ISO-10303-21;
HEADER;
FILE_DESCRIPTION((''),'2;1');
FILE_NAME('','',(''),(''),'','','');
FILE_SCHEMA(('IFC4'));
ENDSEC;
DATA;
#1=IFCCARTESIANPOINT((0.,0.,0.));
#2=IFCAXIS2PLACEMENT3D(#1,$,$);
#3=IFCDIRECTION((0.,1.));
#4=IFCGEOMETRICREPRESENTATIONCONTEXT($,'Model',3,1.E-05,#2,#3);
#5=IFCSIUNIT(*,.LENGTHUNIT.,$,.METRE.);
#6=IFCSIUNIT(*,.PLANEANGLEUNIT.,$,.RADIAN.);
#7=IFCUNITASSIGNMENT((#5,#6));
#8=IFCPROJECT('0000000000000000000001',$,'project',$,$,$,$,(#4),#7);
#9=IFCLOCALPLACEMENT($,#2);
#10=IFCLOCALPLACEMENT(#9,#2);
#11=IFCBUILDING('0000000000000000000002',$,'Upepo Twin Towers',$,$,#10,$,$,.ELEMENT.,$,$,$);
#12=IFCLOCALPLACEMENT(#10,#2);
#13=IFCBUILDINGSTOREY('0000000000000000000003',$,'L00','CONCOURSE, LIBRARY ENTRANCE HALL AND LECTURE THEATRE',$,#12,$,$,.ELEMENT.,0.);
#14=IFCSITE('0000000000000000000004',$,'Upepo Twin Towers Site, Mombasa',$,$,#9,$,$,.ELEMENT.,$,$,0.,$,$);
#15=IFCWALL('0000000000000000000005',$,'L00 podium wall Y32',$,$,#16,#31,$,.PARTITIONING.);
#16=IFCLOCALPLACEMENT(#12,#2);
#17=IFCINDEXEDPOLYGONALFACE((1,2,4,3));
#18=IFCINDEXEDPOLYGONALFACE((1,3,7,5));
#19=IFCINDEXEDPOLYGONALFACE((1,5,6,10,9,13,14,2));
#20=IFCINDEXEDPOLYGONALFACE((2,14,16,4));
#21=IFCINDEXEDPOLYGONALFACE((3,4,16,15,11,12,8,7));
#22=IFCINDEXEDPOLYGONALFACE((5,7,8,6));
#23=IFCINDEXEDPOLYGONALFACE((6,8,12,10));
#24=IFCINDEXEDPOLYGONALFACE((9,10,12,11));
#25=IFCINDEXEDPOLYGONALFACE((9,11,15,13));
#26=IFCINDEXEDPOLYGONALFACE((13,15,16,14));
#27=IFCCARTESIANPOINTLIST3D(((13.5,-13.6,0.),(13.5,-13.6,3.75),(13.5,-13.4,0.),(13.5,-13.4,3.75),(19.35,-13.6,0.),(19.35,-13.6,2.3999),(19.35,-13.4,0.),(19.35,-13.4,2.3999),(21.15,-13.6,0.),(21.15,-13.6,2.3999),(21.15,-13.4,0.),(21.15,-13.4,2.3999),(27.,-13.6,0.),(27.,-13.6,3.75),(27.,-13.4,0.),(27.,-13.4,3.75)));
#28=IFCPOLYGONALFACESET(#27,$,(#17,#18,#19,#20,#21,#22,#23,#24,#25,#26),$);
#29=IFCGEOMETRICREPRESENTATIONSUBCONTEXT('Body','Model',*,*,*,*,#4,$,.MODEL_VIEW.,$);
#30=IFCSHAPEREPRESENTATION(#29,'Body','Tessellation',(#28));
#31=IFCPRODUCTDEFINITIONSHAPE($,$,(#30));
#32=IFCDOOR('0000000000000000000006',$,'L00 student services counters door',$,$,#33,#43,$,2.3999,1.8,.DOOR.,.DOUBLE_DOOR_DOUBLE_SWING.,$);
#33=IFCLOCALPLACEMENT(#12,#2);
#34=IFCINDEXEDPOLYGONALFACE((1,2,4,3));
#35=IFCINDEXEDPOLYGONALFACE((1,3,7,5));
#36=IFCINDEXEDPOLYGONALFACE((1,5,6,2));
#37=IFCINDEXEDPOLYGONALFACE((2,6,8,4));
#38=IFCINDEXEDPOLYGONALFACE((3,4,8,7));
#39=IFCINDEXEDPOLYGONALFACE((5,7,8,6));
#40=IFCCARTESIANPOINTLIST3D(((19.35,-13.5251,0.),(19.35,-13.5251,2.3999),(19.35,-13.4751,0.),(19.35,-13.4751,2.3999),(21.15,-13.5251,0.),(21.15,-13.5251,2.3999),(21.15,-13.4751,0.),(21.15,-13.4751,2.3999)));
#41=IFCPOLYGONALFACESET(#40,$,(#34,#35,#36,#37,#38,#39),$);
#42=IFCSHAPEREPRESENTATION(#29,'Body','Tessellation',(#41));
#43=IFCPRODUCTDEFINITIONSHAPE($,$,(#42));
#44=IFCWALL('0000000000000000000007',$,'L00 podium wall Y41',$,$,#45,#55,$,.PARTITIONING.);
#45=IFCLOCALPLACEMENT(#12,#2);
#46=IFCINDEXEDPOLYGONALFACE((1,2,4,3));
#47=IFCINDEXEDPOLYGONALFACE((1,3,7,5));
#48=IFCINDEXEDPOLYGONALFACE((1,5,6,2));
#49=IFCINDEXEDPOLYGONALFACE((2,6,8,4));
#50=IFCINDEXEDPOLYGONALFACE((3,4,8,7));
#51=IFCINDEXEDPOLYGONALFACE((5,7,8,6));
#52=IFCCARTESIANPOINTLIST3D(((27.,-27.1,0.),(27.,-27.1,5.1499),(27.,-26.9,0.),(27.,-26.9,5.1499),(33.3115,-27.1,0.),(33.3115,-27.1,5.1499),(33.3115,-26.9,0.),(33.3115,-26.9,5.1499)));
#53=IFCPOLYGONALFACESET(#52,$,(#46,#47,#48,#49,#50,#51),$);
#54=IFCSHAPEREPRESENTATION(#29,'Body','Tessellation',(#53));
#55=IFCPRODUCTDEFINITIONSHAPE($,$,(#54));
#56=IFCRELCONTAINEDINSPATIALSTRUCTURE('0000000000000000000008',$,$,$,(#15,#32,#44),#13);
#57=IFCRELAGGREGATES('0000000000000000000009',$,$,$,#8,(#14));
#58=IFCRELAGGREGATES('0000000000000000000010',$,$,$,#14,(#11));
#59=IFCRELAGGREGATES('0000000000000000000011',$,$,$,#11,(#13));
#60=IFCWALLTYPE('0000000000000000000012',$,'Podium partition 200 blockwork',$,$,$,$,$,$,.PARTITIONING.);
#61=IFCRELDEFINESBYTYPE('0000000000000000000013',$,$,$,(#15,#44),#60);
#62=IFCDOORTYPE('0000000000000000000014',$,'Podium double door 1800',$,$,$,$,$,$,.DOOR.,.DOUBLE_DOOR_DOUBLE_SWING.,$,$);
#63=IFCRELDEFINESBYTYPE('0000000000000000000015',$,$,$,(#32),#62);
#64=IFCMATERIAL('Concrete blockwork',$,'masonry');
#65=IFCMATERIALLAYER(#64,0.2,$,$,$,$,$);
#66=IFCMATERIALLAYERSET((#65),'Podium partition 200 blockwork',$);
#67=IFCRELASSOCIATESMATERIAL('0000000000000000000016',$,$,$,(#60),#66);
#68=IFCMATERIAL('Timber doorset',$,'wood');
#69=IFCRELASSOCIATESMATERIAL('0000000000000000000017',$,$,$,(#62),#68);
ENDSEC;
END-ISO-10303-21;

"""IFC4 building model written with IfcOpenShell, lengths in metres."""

from ifc_helpers import new_model, si_unit, direction, frame, frame_2d, origin, place, context, subcontext, project, spatial, rectangle, extrude, material, layer, layer_set, type_object, element, fill, save


model = new_model("IFC4")

# Units and contexts
model_context = context("Model", 3, precision=1e-05, world=origin(), true_north=direction((0.0, 1.0)))
body_context = subcontext(model_context, "Body", "Model", "MODEL_VIEW")
ifc_project = project(units=[si_unit("LENGTHUNIT", "METRE"), si_unit("PLANEANGLEUNIT", "RADIAN")], contexts=[model_context])

# Site, building, storey
site_placement = place(None, origin())
site = spatial("IfcSite", under=ifc_project, at=site_placement, Name="Upepo Twin Towers Site, Mombasa", CompositionType="ELEMENT", RefElevation=0.0)
building_placement = place(site_placement, origin())
building = spatial("IfcBuilding", under=site, at=building_placement, Name="Upepo Twin Towers", CompositionType="ELEMENT")
storey_placement = place(building_placement, origin())
storey = spatial("IfcBuildingStorey", under=building, at=storey_placement, Name="L00", Description="CONCOURSE, LIBRARY ENTRANCE HALL AND LECTURE THEATRE", CompositionType="ELEMENT", Elevation=0.0)

# Shared definitions
ifc_material_1 = material(Name="Concrete blockwork", Category="masonry")
ifc_layer = layer(ifc_material_1, 0.2)
ifc_layer_set = layer_set([ifc_layer], Name="Podium partition 200 blockwork")
wall_type = type_object("IfcWallType", Name="Podium partition 200 blockwork", PredefinedType="PARTITIONING", material=ifc_layer_set)
ifc_material_2 = material(Name="Timber doorset", Category="wood")
door_type = type_object("IfcDoorType", Name="Podium double door 1800", OperationType="DOUBLE_DOOR_DOUBLE_SWING", PredefinedType="DOOR", material=ifc_material_2)

# Wall, opening, door
wall_1_placement = place(storey_placement, frame((13.5, -13.5, 0.0), z_axis=(0.0, 0.0, 1.0), x_axis=(1.0, 0.0, 0.0)))
wall_1 = element("IfcWall", 1, at=wall_1_placement, inside=storey, type_object=wall_type, Name="L00 podium wall Y32", PredefinedType="PARTITIONING", context=body_context, shape_type="SweptSolid", body=[
    extrude(rectangle(XDim=13.5, YDim=0.2, at=frame_2d((6.75, 0.0))), origin(), (0.0, 0.0, 1.0), 3.75),
])
opening_1_placement = place(wall_1_placement, frame((5.8501, 0.0, 0.0)))
opening_1 = element("IfcOpeningElement", 2, at=opening_1_placement, cuts=wall_1, PredefinedType="OPENING", context=body_context, shape_type="SweptSolid", body=[
    extrude(rectangle(XDim=1.8, YDim=2.3999, at=frame_2d((0.8999, 1.2))), frame((0.0, 0.1099, 0.0), z_axis=(0.0, -1.0, 0.0), x_axis=(1.0, 0.0, 0.0)), (0.0, 0.0, 1.0), 0.22),
])
door_1_placement = place(opening_1_placement, origin())
door_1 = element("IfcDoor", 3, at=door_1_placement, inside=storey, type_object=door_type, Name="L00 student services counters door", OperationType="DOUBLE_DOOR_DOUBLE_SWING", OverallHeight=2.3999, OverallWidth=1.8, PredefinedType="DOOR", context=body_context, shape_type="SweptSolid", body=[
    extrude(rectangle(XDim=1.8, YDim=2.3999, at=frame_2d((0.8999, 1.2))), frame((0.0, 0.0249, 0.0), z_axis=(0.0, -1.0, 0.0), x_axis=(1.0, 0.0, 0.0)), (0.0, 0.0, 1.0), 0.05),
])
fill(opening_1, door_1)

# Wall
wall_2_placement = place(storey_placement, frame((27.0, -27.0, 0.0), z_axis=(0.0, 0.0, 1.0), x_axis=(1.0, 0.0, 0.0)))
element("IfcWall", 4, at=wall_2_placement, inside=storey, type_object=wall_type, Name="L00 podium wall Y41", PredefinedType="PARTITIONING", context=body_context, shape_type="SweptSolid", body=[
    extrude(rectangle(XDim=6.3115, YDim=0.2, at=frame_2d((3.1558, 0.0))), origin(), (0.0, 0.0, 1.0), 5.1499),
])

save(model, "model.ifc")
